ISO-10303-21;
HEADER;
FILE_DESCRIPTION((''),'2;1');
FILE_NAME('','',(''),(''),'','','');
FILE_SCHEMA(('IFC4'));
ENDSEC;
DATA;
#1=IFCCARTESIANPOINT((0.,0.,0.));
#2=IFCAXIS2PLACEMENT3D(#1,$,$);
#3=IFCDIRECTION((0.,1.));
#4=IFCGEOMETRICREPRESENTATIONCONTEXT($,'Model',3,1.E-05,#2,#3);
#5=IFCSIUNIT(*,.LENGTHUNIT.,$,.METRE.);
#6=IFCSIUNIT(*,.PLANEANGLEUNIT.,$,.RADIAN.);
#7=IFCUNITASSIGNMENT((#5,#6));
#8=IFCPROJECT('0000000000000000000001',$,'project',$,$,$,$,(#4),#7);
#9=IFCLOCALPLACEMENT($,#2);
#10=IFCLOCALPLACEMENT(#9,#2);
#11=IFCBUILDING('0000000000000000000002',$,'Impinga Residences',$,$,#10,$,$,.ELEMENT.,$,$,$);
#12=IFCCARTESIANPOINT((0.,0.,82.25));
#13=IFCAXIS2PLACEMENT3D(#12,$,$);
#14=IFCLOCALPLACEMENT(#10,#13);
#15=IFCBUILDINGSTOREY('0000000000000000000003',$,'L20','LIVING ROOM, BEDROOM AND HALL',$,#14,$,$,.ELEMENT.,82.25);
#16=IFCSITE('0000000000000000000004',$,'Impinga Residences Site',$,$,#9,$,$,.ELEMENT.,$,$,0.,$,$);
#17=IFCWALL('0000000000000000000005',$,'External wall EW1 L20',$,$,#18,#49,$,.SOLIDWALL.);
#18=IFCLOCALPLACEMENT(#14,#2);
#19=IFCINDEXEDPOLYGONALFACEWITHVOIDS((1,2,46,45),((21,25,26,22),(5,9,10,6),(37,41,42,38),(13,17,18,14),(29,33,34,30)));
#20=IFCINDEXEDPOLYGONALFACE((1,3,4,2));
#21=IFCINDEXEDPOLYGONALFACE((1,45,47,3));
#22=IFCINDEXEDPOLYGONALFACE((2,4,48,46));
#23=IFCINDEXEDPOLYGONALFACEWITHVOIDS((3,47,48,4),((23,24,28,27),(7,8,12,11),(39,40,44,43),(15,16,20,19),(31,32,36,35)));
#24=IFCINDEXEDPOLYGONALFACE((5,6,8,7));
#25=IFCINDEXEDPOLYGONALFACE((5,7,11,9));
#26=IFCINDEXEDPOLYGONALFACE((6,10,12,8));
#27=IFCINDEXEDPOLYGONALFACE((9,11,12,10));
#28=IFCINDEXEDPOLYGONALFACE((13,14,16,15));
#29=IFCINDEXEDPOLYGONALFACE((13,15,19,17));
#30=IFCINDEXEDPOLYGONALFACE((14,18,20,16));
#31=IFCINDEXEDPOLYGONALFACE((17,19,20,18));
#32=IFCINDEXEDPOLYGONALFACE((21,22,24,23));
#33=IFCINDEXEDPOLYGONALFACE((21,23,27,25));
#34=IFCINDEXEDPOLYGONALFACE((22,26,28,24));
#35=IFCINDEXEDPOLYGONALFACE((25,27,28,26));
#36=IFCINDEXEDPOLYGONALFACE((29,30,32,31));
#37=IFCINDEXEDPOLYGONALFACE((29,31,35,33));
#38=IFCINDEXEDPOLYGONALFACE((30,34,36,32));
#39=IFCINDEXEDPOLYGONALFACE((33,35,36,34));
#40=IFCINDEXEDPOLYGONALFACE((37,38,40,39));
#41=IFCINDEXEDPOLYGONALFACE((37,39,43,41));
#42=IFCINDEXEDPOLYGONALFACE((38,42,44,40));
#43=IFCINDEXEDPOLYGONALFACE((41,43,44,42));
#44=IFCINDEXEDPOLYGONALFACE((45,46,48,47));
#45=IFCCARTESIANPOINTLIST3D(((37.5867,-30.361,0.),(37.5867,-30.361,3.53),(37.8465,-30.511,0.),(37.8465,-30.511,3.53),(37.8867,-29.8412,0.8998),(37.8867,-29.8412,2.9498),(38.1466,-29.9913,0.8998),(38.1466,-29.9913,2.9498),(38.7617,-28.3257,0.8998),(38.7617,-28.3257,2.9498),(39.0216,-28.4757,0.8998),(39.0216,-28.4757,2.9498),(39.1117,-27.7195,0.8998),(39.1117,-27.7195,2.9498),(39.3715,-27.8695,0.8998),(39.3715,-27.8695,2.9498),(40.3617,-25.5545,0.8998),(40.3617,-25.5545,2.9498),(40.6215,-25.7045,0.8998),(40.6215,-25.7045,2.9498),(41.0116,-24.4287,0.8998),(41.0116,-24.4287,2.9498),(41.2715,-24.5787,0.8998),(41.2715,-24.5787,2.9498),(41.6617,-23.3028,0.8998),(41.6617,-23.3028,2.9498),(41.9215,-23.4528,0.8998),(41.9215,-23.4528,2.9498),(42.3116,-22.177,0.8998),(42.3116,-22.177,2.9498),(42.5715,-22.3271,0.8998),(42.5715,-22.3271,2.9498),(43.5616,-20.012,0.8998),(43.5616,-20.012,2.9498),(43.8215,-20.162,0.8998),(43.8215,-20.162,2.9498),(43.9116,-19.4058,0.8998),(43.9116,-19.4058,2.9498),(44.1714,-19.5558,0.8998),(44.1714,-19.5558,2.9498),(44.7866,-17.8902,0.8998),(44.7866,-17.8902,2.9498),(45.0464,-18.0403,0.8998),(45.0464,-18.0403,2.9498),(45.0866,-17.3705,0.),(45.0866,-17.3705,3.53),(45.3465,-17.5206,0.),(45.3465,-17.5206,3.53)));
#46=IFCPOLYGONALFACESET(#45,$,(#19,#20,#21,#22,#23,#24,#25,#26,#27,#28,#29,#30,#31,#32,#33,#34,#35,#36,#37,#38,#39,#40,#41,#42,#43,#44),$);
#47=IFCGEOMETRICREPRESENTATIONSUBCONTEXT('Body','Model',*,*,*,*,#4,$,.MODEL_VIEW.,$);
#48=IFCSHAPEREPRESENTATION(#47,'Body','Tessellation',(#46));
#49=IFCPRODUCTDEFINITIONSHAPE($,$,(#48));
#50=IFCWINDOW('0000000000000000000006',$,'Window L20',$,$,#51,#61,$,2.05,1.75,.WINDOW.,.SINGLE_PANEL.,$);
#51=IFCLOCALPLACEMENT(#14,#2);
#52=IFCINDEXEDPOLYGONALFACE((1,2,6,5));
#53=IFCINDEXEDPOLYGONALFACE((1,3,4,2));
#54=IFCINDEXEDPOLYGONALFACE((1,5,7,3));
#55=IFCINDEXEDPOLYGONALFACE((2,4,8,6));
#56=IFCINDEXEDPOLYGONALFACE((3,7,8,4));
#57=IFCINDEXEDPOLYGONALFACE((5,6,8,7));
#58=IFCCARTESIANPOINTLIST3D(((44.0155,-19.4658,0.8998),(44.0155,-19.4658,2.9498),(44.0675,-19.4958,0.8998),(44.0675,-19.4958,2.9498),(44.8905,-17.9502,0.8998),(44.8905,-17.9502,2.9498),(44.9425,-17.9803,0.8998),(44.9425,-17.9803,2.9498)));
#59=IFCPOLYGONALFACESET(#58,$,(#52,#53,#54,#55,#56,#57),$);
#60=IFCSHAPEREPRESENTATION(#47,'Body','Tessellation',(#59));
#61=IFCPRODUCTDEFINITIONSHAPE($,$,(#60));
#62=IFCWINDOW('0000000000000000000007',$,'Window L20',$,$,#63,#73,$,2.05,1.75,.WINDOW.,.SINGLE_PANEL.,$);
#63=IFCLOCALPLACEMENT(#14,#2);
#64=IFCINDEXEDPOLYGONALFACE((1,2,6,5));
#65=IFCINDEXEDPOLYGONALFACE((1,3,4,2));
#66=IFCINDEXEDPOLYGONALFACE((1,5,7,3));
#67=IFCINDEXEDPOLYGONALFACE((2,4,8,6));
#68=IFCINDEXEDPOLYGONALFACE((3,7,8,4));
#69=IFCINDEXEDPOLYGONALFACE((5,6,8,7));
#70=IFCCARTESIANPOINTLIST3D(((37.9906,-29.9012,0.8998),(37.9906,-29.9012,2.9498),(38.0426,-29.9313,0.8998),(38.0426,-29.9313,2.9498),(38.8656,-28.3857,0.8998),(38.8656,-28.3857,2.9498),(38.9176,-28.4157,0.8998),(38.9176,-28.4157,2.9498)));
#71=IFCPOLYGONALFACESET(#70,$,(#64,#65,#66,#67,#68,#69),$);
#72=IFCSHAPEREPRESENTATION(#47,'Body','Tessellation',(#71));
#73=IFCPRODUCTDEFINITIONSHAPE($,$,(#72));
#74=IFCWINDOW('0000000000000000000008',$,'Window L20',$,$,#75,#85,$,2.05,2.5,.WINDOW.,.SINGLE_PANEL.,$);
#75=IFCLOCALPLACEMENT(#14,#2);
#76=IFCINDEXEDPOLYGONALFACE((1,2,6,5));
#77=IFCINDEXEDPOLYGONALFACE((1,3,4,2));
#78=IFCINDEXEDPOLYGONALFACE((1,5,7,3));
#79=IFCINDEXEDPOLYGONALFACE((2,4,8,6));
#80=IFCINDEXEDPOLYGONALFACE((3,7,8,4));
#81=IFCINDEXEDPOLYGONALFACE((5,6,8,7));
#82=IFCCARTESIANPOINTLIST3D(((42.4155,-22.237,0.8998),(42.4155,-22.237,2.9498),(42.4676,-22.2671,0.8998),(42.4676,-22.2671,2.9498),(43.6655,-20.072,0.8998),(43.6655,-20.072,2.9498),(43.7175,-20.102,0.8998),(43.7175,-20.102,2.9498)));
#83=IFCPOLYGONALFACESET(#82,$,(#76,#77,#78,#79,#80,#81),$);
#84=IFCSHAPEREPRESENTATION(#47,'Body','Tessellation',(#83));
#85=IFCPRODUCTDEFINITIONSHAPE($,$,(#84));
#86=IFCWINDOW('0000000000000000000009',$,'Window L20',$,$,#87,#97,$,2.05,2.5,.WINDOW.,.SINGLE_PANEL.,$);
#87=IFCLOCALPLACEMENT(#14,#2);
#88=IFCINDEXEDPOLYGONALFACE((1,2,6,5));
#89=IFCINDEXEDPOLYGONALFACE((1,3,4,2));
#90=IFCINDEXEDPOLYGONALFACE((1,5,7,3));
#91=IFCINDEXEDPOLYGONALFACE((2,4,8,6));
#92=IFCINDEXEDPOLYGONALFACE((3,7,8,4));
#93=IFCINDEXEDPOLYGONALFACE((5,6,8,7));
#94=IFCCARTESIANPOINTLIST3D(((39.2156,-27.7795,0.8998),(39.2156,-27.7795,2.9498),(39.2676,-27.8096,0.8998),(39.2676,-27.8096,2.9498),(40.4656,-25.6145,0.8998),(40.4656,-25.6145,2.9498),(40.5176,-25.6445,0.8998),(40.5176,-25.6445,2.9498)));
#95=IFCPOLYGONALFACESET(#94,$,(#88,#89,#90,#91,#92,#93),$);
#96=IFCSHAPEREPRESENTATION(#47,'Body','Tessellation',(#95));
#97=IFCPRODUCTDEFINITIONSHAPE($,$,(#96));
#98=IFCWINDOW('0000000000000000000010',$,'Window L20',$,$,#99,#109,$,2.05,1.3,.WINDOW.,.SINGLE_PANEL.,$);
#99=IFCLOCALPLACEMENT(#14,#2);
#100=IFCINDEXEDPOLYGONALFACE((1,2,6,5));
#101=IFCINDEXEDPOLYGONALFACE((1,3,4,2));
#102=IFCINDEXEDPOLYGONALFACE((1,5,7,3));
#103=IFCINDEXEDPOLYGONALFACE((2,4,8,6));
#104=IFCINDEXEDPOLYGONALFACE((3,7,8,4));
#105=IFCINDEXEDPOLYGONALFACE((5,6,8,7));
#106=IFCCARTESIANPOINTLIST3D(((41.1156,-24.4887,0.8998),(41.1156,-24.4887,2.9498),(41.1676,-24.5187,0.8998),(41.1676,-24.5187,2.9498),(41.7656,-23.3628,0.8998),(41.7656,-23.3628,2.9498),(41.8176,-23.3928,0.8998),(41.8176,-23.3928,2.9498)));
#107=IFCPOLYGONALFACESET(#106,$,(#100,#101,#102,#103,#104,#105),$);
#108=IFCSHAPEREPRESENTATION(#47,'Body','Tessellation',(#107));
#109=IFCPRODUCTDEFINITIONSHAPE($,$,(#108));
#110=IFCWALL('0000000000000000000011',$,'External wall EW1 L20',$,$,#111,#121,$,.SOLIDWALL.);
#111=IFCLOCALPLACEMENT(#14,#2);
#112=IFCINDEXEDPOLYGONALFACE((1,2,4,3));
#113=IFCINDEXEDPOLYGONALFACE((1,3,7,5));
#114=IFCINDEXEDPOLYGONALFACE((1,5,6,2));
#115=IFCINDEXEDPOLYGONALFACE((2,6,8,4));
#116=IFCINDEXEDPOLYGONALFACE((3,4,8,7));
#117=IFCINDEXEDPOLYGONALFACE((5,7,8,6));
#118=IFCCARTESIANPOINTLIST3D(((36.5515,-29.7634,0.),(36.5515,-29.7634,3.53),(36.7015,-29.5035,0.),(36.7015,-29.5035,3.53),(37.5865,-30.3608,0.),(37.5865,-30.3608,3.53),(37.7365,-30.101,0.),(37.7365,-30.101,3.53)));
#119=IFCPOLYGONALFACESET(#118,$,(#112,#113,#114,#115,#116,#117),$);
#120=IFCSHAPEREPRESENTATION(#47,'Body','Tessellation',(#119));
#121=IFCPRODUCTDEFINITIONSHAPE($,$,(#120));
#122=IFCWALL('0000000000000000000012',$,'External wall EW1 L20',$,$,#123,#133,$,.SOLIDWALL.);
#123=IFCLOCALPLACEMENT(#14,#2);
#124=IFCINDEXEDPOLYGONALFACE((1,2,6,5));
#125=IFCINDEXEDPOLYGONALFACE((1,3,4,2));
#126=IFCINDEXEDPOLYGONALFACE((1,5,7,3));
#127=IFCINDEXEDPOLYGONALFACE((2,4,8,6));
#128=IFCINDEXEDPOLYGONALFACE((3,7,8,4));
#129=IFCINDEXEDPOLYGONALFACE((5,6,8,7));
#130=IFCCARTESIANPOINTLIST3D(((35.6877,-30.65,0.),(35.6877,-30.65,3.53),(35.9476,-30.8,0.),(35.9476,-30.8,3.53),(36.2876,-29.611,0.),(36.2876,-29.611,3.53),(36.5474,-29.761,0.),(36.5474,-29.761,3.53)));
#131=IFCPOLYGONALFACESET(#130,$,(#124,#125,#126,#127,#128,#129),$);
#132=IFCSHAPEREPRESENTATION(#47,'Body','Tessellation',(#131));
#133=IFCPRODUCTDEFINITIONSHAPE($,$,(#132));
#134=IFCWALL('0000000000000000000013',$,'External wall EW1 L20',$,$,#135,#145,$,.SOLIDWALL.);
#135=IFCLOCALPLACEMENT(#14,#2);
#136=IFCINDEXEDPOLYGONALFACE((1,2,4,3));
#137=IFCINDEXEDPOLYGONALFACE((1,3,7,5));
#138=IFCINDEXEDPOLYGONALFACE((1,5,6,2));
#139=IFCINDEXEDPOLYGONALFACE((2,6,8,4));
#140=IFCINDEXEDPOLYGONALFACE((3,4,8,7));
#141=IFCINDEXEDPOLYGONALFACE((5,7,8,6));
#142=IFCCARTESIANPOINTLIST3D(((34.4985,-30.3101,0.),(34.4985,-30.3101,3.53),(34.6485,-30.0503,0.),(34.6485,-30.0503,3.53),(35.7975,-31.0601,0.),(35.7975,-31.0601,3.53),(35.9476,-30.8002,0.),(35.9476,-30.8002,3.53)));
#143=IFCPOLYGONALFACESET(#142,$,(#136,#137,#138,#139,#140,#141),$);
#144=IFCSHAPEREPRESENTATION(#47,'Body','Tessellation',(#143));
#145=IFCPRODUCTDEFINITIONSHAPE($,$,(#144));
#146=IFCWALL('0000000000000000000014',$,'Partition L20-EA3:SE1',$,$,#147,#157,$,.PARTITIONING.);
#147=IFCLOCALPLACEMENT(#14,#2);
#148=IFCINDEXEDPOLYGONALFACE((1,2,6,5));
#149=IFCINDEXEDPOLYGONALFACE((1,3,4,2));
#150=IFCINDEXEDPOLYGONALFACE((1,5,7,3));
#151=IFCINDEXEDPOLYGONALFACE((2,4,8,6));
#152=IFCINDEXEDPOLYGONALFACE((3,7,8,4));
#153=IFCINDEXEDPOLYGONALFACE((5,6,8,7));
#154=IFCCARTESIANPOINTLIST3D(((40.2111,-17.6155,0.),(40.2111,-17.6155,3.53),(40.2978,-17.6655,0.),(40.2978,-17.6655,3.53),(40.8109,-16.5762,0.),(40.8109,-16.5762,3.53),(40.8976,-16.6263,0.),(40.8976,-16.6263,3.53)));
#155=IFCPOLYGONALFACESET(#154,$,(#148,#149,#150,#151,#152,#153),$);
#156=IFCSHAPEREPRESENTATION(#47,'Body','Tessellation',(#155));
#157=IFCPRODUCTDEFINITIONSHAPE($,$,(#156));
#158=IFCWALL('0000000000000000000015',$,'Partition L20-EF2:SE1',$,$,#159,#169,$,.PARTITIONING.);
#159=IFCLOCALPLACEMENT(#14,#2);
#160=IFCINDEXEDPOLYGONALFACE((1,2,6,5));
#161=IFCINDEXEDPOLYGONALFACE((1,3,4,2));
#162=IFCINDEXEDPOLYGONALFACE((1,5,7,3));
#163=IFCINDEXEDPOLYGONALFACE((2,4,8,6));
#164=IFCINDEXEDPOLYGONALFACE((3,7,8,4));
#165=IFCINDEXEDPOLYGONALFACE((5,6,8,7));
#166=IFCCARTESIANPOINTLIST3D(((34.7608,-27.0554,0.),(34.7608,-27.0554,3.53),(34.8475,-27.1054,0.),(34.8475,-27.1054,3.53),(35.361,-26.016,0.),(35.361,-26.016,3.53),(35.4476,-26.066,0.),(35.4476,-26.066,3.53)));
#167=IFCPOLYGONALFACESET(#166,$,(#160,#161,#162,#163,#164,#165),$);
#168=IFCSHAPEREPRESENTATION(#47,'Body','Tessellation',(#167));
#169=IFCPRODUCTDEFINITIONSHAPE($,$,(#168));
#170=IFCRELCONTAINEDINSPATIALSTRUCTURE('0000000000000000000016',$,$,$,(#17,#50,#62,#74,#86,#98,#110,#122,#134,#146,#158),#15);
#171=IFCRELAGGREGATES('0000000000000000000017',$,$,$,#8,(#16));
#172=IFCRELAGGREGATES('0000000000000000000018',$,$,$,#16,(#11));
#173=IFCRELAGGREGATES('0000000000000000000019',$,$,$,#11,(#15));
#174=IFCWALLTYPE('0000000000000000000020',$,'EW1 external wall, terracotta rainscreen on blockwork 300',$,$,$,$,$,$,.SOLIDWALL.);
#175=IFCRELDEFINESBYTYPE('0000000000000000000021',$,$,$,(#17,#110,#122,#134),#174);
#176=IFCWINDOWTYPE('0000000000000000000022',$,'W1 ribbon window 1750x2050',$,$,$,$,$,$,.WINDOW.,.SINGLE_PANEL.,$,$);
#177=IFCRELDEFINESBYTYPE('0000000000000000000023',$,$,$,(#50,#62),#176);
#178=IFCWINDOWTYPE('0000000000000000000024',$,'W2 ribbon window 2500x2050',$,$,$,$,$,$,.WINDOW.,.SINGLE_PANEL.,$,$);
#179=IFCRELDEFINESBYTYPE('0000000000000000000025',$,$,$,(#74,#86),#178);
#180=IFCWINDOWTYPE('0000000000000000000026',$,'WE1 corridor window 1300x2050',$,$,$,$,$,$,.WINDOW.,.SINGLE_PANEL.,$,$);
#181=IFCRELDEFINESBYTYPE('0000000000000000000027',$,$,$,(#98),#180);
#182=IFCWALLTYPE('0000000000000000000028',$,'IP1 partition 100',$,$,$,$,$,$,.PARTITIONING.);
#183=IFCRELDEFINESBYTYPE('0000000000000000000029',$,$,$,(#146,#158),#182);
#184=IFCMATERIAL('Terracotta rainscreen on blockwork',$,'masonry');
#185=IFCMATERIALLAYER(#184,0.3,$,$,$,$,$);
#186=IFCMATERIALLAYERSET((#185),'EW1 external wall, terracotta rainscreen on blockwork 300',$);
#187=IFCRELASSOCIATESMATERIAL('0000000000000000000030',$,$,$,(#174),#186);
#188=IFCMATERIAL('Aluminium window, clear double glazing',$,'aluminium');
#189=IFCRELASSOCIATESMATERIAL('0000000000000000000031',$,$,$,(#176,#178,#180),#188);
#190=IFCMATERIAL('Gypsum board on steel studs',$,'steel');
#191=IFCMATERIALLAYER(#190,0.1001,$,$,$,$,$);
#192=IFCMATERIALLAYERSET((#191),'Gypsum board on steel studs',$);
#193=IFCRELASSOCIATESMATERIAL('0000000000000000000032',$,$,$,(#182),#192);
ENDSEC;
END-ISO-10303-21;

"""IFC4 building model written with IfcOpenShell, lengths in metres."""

from ifc_helpers import new_model, si_unit, direction, frame, frame_2d, origin, place, context, subcontext, project, spatial, rectangle, extrude, material, layer, layer_set, type_object, element, fill, save


model = new_model("IFC4")

# Units and contexts
model_context = context("Model", 3, precision=1e-05, world=origin(), true_north=direction((0.0, 1.0)))
body_context = subcontext(model_context, "Body", "Model", "MODEL_VIEW")
ifc_project = project(units=[si_unit("LENGTHUNIT", "METRE"), si_unit("PLANEANGLEUNIT", "RADIAN")], contexts=[model_context])

# Site, building, storey
site_placement = place(None, origin())
site = spatial("IfcSite", under=ifc_project, at=site_placement, Name="Impinga Residences Site", CompositionType="ELEMENT", RefElevation=0.0)
building_placement = place(site_placement, origin())
building = spatial("IfcBuilding", under=site, at=building_placement, Name="Impinga Residences", CompositionType="ELEMENT")
storey_placement = place(building_placement, frame((0.0, 0.0, 82.25)))
storey = spatial("IfcBuildingStorey", under=building, at=storey_placement, Name="L20", Description="LIVING ROOM, BEDROOM AND HALL", CompositionType="ELEMENT", Elevation=82.25)

# Wall, openings, windows
ifc_material_1 = material(Name="Terracotta rainscreen on blockwork", Category="masonry")
ifc_layer_1 = layer(ifc_material_1, 0.3)
ifc_layer_set_1 = layer_set([ifc_layer_1], Name="EW1 external wall, terracotta rainscreen on blockwork 300")
wall_type_1 = type_object("IfcWallType", Name="EW1 external wall, terracotta rainscreen on blockwork 300", PredefinedType="SOLIDWALL", material=ifc_layer_set_1)
wall_1_placement = place(storey_placement, frame((45.2166, -17.4456, 0.0), z_axis=(0.0, 0.0, 1.0), x_axis=(-0.499997, -0.866027, 0.0)))
wall_1 = element("IfcWall", 1, at=wall_1_placement, inside=storey, type_object=wall_type_1, Name="External wall EW1 L20", PredefinedType="SOLIDWALL", context=body_context, shape_type="SweptSolid", body=[
    extrude(rectangle(XDim=15.0, YDim=0.3, at=frame_2d((7.5, 0.0))), origin(), (0.0, 0.0, 1.0), 3.53),
])
opening_1_placement = place(wall_1_placement, frame((0.6001, 0.0, 0.8999)))
opening_1 = element("IfcOpeningElement", 2, at=opening_1_placement, cuts=wall_1, PredefinedType="OPENING", context=body_context, shape_type="SweptSolid", body=[
    extrude(rectangle(XDim=1.75, YDim=2.05, at=frame_2d((0.875, 1.0249))), frame((0.0, 0.1599, 0.0), z_axis=(0.0, -1.0, 0.0), x_axis=(1.0, 0.0, 0.0)), (0.0, 0.0, 1.0), 0.3201),
])
opening_2_placement = place(wall_1_placement, frame((3.05, 0.0, 0.8999)))
opening_2 = element("IfcOpeningElement", 3, at=opening_2_placement, cuts=wall_1, PredefinedType="OPENING", context=body_context, shape_type="SweptSolid", body=[
    extrude(rectangle(XDim=2.5, YDim=2.05, at=frame_2d((1.25, 1.0249))), frame((0.0, 0.1599, 0.0), z_axis=(0.0, -1.0, 0.0), x_axis=(1.0, 0.0, 0.0)), (0.0, 0.0, 1.0), 0.3201),
])
opening_3_placement = place(wall_1_placement, frame((6.8501, 0.0, 0.8999)))
opening_3 = element("IfcOpeningElement", 4, at=opening_3_placement, cuts=wall_1, PredefinedType="OPENING", context=body_context, shape_type="SweptSolid", body=[
    extrude(rectangle(XDim=1.3, YDim=2.05, at=frame_2d((0.6499, 1.0249))), frame((0.0, 0.1599, 0.0), z_axis=(0.0, -1.0, 0.0), x_axis=(1.0, 0.0, 0.0)), (0.0, 0.0, 1.0), 0.3201),
])
opening_4_placement = place(wall_1_placement, frame((9.45, 0.0, 0.8999)))
opening_4 = element("IfcOpeningElement", 5, at=opening_4_placement, cuts=wall_1, PredefinedType="OPENING", context=body_context, shape_type="SweptSolid", body=[
    extrude(rectangle(XDim=2.5, YDim=2.05, at=frame_2d((1.25, 1.0249))), frame((0.0, 0.1599, 0.0), z_axis=(0.0, -1.0, 0.0), x_axis=(1.0, 0.0, 0.0)), (0.0, 0.0, 1.0), 0.3201),
])
opening_5_placement = place(wall_1_placement, frame((12.6499, 0.0, 0.8999)))
opening_5 = element("IfcOpeningElement", 6, at=opening_5_placement, cuts=wall_1, PredefinedType="OPENING", context=body_context, shape_type="SweptSolid", body=[
    extrude(rectangle(XDim=1.75, YDim=2.05, at=frame_2d((0.875, 1.0249))), frame((0.0, 0.1599, 0.0), z_axis=(0.0, -1.0, 0.0), x_axis=(1.0, 0.0, 0.0)), (0.0, 0.0, 1.0), 0.3201),
])
ifc_material_2 = material(Name="Aluminium window, clear double glazing", Category="aluminium")
window_type_1 = type_object("IfcWindowType", Name="W1 ribbon window 1750x2050", PartitioningType="SINGLE_PANEL", PredefinedType="WINDOW", material=ifc_material_2)
window_1_placement = place(opening_1_placement, origin())
window_1 = element("IfcWindow", 7, at=window_1_placement, inside=storey, type_object=window_type_1, Name="Window L20", OverallHeight=2.05, OverallWidth=1.75, PartitioningType="SINGLE_PANEL", PredefinedType="WINDOW", context=body_context, shape_type="SweptSolid", body=[
    extrude(rectangle(XDim=1.75, YDim=2.05, at=frame_2d((0.875, 1.0249))), frame((0.0, 0.03, 0.0), z_axis=(0.0, -1.0, 0.0), x_axis=(1.0, 0.0, 0.0)), (0.0, 0.0, 1.0), 0.0601),
])
fill(opening_1, window_1)
window_2_placement = place(opening_5_placement, origin())
window_2 = element("IfcWindow", 8, at=window_2_placement, inside=storey, type_object=window_type_1, Name="Window L20", OverallHeight=2.05, OverallWidth=1.75, PartitioningType="SINGLE_PANEL", PredefinedType="WINDOW", context=body_context, shape_type="SweptSolid", body=[
    extrude(rectangle(XDim=1.75, YDim=2.05, at=frame_2d((0.875, 1.0249))), frame((0.0, 0.03, 0.0), z_axis=(0.0, -1.0, 0.0), x_axis=(1.0, 0.0, 0.0)), (0.0, 0.0, 1.0), 0.0601),
])
fill(opening_5, window_2)
window_type_2 = type_object("IfcWindowType", Name="W2 ribbon window 2500x2050", PartitioningType="SINGLE_PANEL", PredefinedType="WINDOW", material=ifc_material_2)
window_3_placement = place(opening_2_placement, origin())
window_3 = element("IfcWindow", 9, at=window_3_placement, inside=storey, type_object=window_type_2, Name="Window L20", OverallHeight=2.05, OverallWidth=2.5, PartitioningType="SINGLE_PANEL", PredefinedType="WINDOW", context=body_context, shape_type="SweptSolid", body=[
    extrude(rectangle(XDim=2.5, YDim=2.05, at=frame_2d((1.25, 1.0249))), frame((0.0, 0.03, 0.0), z_axis=(0.0, -1.0, 0.0), x_axis=(1.0, 0.0, 0.0)), (0.0, 0.0, 1.0), 0.0601),
])
fill(opening_2, window_3)
window_4_placement = place(opening_4_placement, origin())
window_4 = element("IfcWindow", 10, at=window_4_placement, inside=storey, type_object=window_type_2, Name="Window L20", OverallHeight=2.05, OverallWidth=2.5, PartitioningType="SINGLE_PANEL", PredefinedType="WINDOW", context=body_context, shape_type="SweptSolid", body=[
    extrude(rectangle(XDim=2.5, YDim=2.05, at=frame_2d((1.25, 1.0249))), frame((0.0, 0.03, 0.0), z_axis=(0.0, -1.0, 0.0), x_axis=(1.0, 0.0, 0.0)), (0.0, 0.0, 1.0), 0.0601),
])
fill(opening_4, window_4)
window_type_3 = type_object("IfcWindowType", Name="WE1 corridor window 1300x2050", PartitioningType="SINGLE_PANEL", PredefinedType="WINDOW", material=ifc_material_2)
window_5_placement = place(opening_3_placement, origin())
window_5 = element("IfcWindow", 11, at=window_5_placement, inside=storey, type_object=window_type_3, Name="Window L20", OverallHeight=2.05, OverallWidth=1.3, PartitioningType="SINGLE_PANEL", PredefinedType="WINDOW", context=body_context, shape_type="SweptSolid", body=[
    extrude(rectangle(XDim=1.3, YDim=2.05, at=frame_2d((0.6499, 1.0249))), frame((0.0, 0.03, 0.0), z_axis=(0.0, -1.0, 0.0), x_axis=(1.0, 0.0, 0.0)), (0.0, 0.0, 1.0), 0.0601),
])
fill(opening_3, window_5)

# Walls
wall_2_placement = place(storey_placement, frame((37.6616, -30.231, 0.0), z_axis=(0.0, 0.0, 1.0), x_axis=(-0.86606, 0.499941, 0.0)))
element("IfcWall", 12, at=wall_2_placement, inside=storey, type_object=wall_type_1, Name="External wall EW1 L20", PredefinedType="SOLIDWALL", context=body_context, shape_type="SweptSolid", body=[
    extrude(rectangle(XDim=1.1951, YDim=0.3, at=frame_2d((0.5977, 0.0))), origin(), (0.0, 0.0, 1.0), 3.53),
])
wall_3_placement = place(storey_placement, frame((36.4175, -29.686, 0.0), z_axis=(0.0, 0.0, 1.0), x_axis=(-0.499969, -0.866043, 0.0)))
element("IfcWall", 13, at=wall_3_placement, inside=storey, type_object=wall_type_1, Name="External wall EW1 L20", PredefinedType="SOLIDWALL", context=body_context, shape_type="SweptSolid", body=[
    extrude(rectangle(XDim=1.1997, YDim=0.3, at=frame_2d((0.5999, 0.0))), origin(), (0.0, 0.0, 1.0), 3.53),
])
wall_4_placement = place(storey_placement, frame((35.8726, -30.9302, 0.0), z_axis=(0.0, 0.0, 1.0), x_axis=(-0.866031, 0.49999, 0.0)))
element("IfcWall", 14, at=wall_4_placement, inside=storey, type_object=wall_type_1, Name="External wall EW1 L20", PredefinedType="SOLIDWALL", context=body_context, shape_type="SweptSolid", body=[
    extrude(rectangle(XDim=1.5, YDim=0.3, at=frame_2d((0.75, 0.0))), origin(), (0.0, 0.0, 1.0), 3.53),
])
ifc_material_3 = material(Name="Gypsum board on steel studs", Category="steel")
ifc_layer_2 = layer(ifc_material_3, 0.1001)
ifc_layer_set_2 = layer_set([ifc_layer_2], Name="Gypsum board on steel studs")
wall_type_2 = type_object("IfcWallType", Name="IP1 partition 100", PredefinedType="PARTITIONING", material=ifc_layer_set_2)
wall_5_placement = place(storey_placement, frame((40.2544, -17.6406, 0.0), z_axis=(0.0, 0.0, 1.0), x_axis=(0.499881, 0.866094, 0.0)))
element("IfcWall", 15, at=wall_5_placement, inside=storey, type_object=wall_type_2, Name="Partition L20-EA3:SE1", PredefinedType="PARTITIONING", context=body_context, shape_type="SweptSolid", body=[
    extrude(rectangle(XDim=1.2, YDim=0.1001, at=frame_2d((0.6001, 0.0))), origin(), (0.0, 0.0, 1.0), 3.53),
])
wall_6_placement = place(storey_placement, frame((35.4043, -26.041, 0.0), z_axis=(0.0, 0.0, 1.0), x_axis=(-0.500034, -0.866006, 0.0)))
element("IfcWall", 16, at=wall_6_placement, inside=storey, type_object=wall_type_2, Name="Partition L20-EF2:SE1", PredefinedType="PARTITIONING", context=body_context, shape_type="SweptSolid", body=[
    extrude(rectangle(XDim=1.2002, YDim=0.1001, at=frame_2d((0.6001, 0.0))), origin(), (0.0, 0.0, 1.0), 3.53),
])

save(model, "model.ifc")
